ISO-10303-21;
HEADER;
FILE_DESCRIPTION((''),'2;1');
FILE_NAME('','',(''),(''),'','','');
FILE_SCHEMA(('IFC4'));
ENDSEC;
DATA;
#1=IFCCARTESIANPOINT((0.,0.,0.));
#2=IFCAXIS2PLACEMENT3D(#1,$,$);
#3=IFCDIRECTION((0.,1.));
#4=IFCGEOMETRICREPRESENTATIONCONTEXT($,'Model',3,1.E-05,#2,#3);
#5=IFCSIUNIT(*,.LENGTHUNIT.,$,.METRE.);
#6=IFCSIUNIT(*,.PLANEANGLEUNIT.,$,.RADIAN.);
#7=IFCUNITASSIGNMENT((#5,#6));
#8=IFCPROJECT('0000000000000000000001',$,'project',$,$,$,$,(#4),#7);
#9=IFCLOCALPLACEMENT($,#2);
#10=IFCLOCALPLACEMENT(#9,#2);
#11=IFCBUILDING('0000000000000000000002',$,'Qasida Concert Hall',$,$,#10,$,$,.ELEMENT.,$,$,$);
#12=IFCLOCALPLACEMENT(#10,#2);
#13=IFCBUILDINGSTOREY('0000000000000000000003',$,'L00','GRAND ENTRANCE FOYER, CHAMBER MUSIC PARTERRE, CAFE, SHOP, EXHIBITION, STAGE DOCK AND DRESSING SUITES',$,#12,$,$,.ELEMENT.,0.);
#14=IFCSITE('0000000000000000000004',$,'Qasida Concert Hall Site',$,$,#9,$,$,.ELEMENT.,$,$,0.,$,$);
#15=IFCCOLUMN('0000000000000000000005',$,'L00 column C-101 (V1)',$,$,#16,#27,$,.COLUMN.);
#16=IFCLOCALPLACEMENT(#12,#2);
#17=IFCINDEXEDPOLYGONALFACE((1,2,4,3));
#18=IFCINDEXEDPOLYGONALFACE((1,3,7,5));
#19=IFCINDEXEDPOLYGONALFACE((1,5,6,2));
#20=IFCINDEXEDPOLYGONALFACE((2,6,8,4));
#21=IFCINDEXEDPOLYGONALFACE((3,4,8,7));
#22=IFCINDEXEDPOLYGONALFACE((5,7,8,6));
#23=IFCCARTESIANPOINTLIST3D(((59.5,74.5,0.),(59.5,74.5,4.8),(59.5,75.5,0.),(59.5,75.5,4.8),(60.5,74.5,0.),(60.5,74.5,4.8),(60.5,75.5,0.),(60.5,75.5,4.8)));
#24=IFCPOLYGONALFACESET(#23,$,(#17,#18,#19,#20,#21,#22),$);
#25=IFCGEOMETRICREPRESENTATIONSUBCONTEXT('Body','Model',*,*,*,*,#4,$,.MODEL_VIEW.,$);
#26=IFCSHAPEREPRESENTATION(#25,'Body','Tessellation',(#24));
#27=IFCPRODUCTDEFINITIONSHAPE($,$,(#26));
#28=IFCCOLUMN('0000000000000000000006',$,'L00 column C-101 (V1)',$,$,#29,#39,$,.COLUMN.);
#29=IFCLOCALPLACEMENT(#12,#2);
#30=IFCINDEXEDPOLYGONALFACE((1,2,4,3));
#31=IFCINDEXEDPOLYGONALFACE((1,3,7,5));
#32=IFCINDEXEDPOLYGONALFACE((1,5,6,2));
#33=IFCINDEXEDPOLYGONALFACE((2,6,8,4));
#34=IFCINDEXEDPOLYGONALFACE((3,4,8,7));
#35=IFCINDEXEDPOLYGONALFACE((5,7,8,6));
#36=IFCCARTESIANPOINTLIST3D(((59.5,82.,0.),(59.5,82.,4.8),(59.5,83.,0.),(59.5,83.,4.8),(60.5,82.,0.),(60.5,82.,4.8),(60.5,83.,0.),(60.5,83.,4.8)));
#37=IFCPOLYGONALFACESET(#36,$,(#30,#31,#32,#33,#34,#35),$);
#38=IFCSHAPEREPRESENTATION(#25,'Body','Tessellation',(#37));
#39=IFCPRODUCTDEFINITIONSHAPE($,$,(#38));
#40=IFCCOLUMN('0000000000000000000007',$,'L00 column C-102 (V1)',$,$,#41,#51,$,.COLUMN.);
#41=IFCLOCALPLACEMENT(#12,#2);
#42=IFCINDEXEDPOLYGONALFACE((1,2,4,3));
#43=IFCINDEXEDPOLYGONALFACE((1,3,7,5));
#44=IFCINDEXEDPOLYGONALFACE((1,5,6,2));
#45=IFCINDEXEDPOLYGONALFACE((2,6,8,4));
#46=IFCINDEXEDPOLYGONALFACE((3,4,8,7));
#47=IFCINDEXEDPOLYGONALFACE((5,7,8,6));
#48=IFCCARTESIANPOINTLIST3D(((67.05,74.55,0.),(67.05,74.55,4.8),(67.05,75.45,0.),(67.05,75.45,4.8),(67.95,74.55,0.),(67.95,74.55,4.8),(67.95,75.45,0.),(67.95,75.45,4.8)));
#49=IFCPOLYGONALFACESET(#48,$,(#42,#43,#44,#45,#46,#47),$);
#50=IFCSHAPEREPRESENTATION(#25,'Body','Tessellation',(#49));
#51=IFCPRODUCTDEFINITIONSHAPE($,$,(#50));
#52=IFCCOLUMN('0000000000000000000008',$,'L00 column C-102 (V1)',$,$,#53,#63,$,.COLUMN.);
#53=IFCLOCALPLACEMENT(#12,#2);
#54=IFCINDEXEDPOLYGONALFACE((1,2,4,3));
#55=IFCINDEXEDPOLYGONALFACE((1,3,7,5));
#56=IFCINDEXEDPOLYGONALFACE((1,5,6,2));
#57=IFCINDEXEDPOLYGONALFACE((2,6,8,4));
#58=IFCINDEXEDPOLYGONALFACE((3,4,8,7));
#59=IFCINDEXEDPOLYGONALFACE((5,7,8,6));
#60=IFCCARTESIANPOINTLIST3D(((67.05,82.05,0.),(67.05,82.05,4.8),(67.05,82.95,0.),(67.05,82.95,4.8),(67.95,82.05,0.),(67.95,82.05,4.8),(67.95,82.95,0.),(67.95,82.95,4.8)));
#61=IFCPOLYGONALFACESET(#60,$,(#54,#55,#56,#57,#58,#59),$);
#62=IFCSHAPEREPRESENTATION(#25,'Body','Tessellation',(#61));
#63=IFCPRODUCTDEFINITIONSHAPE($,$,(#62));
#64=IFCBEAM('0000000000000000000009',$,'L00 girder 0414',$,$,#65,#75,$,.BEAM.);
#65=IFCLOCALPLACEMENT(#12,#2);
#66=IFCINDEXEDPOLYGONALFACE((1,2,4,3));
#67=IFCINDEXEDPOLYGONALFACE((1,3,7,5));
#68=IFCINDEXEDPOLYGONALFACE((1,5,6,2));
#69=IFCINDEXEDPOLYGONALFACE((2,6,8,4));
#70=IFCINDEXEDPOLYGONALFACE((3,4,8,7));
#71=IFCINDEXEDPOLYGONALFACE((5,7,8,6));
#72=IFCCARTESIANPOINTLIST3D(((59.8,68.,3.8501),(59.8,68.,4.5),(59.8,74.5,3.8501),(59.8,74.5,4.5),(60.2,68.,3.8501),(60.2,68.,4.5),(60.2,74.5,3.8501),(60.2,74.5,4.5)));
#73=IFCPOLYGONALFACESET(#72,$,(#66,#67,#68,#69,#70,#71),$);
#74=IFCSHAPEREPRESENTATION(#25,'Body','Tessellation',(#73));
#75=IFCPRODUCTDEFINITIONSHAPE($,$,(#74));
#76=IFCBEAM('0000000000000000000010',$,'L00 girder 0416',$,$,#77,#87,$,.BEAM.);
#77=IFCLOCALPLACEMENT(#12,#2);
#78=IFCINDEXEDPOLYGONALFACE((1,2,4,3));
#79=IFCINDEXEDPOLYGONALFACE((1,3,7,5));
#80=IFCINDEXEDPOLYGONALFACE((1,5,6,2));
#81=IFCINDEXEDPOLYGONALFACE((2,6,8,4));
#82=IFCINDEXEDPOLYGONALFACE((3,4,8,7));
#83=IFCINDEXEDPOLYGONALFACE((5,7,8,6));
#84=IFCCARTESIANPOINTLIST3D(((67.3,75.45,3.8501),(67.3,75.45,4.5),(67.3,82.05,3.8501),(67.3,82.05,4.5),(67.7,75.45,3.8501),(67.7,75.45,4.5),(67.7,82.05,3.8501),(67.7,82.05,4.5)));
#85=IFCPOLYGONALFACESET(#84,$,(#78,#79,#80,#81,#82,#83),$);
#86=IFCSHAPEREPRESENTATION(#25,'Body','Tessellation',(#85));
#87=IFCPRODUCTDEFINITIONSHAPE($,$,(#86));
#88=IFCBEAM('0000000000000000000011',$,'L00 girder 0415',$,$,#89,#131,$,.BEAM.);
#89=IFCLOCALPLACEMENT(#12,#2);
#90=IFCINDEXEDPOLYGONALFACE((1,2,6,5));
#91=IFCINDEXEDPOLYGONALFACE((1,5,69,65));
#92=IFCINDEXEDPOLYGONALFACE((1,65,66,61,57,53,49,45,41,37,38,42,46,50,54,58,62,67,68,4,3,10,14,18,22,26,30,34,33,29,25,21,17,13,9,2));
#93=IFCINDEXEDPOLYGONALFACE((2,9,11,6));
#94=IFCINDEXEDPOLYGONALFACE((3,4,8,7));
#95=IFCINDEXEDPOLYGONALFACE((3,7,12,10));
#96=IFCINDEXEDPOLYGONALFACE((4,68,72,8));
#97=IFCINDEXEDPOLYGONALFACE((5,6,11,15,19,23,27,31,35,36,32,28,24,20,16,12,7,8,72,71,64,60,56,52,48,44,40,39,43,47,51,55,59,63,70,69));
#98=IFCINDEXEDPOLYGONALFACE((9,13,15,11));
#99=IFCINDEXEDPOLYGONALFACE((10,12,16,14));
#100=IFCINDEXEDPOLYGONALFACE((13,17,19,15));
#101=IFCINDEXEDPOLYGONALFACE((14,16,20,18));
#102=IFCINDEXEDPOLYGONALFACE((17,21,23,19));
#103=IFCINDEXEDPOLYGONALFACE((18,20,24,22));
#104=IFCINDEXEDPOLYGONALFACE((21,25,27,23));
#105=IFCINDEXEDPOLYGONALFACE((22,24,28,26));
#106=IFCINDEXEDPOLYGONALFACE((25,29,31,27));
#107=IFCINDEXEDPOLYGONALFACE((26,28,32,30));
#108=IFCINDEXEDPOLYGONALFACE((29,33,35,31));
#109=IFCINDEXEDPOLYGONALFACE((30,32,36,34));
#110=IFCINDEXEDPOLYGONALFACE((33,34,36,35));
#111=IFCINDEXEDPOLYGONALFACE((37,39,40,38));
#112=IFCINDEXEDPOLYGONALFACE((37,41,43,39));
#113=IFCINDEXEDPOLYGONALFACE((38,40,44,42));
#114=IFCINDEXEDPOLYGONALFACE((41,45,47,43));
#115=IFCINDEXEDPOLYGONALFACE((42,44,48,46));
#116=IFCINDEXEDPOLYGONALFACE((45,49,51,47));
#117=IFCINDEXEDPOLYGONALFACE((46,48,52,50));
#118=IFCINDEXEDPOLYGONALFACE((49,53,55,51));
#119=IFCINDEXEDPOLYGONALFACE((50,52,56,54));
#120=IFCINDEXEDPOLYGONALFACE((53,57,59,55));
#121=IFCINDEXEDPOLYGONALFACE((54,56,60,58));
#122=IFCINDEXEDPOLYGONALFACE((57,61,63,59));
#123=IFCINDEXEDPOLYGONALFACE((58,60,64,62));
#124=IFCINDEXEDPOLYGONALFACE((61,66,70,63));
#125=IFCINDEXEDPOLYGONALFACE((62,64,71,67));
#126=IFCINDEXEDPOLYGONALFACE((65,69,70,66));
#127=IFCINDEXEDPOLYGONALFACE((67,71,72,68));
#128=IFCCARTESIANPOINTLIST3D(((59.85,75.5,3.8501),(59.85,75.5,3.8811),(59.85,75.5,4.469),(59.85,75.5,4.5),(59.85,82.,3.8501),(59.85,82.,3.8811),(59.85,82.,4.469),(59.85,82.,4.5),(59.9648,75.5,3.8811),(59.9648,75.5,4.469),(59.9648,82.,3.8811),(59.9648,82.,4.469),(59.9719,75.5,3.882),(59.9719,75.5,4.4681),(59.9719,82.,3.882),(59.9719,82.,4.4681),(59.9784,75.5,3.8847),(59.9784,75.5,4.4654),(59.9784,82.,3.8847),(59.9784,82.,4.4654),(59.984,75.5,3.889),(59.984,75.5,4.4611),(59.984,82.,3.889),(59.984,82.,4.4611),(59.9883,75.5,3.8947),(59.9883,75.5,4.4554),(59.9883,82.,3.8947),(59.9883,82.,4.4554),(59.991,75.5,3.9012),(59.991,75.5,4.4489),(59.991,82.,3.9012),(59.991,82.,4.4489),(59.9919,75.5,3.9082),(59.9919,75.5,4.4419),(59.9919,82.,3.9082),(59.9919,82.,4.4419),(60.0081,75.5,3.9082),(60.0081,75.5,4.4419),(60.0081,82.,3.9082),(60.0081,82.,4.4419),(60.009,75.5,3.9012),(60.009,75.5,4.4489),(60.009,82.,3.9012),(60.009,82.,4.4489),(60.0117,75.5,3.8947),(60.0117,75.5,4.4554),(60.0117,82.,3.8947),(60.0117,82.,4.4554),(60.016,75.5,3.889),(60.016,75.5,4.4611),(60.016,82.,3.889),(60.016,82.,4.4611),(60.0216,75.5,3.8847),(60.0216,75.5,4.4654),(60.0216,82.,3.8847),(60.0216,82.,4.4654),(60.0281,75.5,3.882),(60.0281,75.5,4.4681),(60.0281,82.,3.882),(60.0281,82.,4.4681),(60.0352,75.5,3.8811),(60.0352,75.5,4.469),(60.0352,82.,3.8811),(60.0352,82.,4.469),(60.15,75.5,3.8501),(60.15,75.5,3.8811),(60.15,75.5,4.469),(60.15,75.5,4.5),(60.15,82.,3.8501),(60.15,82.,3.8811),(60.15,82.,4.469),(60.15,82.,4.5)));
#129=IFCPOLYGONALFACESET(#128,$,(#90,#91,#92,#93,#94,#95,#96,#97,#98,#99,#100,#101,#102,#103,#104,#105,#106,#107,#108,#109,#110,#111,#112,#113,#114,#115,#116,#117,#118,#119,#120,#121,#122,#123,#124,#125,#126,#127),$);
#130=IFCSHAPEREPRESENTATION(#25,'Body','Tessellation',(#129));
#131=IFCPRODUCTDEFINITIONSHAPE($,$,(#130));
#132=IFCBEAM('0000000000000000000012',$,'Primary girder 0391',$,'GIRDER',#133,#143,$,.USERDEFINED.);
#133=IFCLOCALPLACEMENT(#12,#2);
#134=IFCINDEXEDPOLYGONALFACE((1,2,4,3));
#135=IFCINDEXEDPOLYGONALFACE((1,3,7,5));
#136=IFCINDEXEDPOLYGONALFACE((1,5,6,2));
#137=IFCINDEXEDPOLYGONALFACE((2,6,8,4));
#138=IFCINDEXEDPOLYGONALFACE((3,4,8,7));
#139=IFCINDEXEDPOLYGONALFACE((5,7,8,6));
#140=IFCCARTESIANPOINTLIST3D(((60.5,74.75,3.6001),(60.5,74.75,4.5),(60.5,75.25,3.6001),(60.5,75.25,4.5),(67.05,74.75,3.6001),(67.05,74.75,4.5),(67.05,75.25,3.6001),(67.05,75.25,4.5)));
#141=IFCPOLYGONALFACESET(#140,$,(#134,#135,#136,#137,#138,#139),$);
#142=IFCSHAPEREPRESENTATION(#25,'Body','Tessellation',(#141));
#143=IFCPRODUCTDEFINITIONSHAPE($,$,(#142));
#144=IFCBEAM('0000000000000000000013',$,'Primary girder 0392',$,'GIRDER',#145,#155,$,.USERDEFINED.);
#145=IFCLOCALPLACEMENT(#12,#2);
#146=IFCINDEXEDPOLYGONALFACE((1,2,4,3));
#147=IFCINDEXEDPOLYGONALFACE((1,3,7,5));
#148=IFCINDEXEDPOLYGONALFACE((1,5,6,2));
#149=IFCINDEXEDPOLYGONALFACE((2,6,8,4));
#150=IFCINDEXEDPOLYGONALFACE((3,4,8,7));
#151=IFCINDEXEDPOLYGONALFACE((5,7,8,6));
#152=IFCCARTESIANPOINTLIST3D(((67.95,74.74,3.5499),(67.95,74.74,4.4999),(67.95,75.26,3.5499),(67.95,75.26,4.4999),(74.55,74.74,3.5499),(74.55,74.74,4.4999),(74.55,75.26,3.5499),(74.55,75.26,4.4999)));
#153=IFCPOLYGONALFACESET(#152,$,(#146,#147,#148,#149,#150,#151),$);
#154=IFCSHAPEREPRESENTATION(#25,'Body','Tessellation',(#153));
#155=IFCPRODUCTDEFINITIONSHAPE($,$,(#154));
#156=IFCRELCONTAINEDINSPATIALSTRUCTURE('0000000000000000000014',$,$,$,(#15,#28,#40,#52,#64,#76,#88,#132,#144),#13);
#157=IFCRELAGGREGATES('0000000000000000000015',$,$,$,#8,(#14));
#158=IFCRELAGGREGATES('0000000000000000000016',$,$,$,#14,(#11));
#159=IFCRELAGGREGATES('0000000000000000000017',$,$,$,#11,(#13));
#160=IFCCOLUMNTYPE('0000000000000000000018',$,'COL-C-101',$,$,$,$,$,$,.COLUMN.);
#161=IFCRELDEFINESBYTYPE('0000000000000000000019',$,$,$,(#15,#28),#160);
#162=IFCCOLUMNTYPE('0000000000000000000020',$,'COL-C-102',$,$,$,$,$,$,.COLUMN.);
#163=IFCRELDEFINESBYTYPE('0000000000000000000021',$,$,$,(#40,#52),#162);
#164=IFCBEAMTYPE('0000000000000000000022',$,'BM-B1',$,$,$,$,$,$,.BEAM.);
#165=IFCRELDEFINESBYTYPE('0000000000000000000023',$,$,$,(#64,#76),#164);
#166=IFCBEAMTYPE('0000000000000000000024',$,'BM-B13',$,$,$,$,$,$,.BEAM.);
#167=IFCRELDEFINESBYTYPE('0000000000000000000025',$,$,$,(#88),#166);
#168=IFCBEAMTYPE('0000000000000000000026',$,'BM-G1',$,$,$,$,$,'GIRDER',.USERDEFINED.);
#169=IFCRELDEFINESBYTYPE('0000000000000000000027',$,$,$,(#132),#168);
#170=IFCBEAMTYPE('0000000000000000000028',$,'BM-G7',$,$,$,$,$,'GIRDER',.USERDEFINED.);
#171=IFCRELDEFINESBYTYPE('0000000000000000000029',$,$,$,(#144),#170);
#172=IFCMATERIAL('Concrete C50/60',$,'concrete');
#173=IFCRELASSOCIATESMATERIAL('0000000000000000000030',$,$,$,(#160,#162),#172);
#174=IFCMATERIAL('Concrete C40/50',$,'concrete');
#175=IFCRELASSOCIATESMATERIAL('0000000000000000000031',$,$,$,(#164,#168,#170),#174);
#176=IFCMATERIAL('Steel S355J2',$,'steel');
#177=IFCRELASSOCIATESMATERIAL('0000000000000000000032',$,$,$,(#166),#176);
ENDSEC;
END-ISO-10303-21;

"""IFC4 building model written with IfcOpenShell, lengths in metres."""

from ifc_helpers import new_model, si_unit, direction, frame, origin, origin_2d, place, context, subcontext, project, spatial, rectangle, i_section, extrude, material, material_profile, profile_set, type_object, element, save


model = new_model("IFC4")

# Units and contexts
model_context = context("Model", 3, precision=1e-05, world=origin(), true_north=direction((0.0, 1.0)))
body_context = subcontext(model_context, "Body", "Model", "MODEL_VIEW")
ifc_project = project(units=[si_unit("LENGTHUNIT", "METRE"), si_unit("PLANEANGLEUNIT", "RADIAN")], contexts=[model_context])

# Site, building, storey
site_placement = place(None, origin())
site = spatial("IfcSite", under=ifc_project, at=site_placement, Name="Qasida Concert Hall Site", CompositionType="ELEMENT", RefElevation=0.0)
building_placement = place(site_placement, origin())
building = spatial("IfcBuilding", under=site, at=building_placement, Name="Qasida Concert Hall", CompositionType="ELEMENT")
storey_placement = place(building_placement, origin())
storey = spatial("IfcBuildingStorey", under=building, at=storey_placement, Name="L00", Description="GRAND ENTRANCE FOYER, CHAMBER MUSIC PARTERRE, CAFE, SHOP, EXHIBITION, STAGE DOCK AND DRESSING SUITES", CompositionType="ELEMENT", Elevation=0.0)

# Columns
ifc_material_1 = material(Name="Concrete C50/60", Category="concrete")
ifc_material_profile_1 = material_profile(ifc_material_1, rectangle(XDim=1.0, YDim=1.0, at=origin_2d()), Name="RC 1000x1000")
ifc_profile_set_1 = profile_set([ifc_material_profile_1], Name="Concrete C50/60")
column_type_1 = type_object("IfcColumnType", Name="COL-C-101", PredefinedType="COLUMN", material=ifc_profile_set_1)
for number, where, z_axis, x_axis, name in (
    (1, (60.0, 75.0, 0.0), (0.0, 0.0, 1.0), (1.0, 0.0, 0.0), "L00 column C-101 (V1)"),
    (2, (60.0, 82.5, 0.0), (0.0, 0.0, 1.0), (1.0, 0.0, 0.0), "L00 column C-101 (V1)"),
):
    element("IfcColumn", number, at=place(storey_placement, frame(where, z_axis=z_axis, x_axis=x_axis)), inside=storey, type_object=column_type_1, Name=name, PredefinedType="COLUMN", context=body_context, shape_type="SweptSolid", body=[
        extrude(rectangle(XDim=1.0, YDim=1.0, at=origin_2d()), origin(), (0.0, 0.0, 1.0), 4.8),
    ])
ifc_material_profile_2 = material_profile(ifc_material_1, rectangle(XDim=0.8999, YDim=0.8999, at=origin_2d()), Name="RC 900x900")
ifc_profile_set_2 = profile_set([ifc_material_profile_2], Name="Concrete C50/60")
column_type_2 = type_object("IfcColumnType", Name="COL-C-102", PredefinedType="COLUMN", material=ifc_profile_set_2)
for number, where, z_axis, x_axis, name in (
    (3, (67.5, 75.0, 0.0), (0.0, 0.0, 1.0), (1.0, 0.0, 0.0), "L00 column C-102 (V1)"),
    (4, (67.5, 82.5, 0.0), (0.0, 0.0, 1.0), (1.0, 0.0, 0.0), "L00 column C-102 (V1)"),
):
    element("IfcColumn", number, at=place(storey_placement, frame(where, z_axis=z_axis, x_axis=x_axis)), inside=storey, type_object=column_type_2, Name=name, PredefinedType="COLUMN", context=body_context, shape_type="SweptSolid", body=[
        extrude(rectangle(XDim=0.8999, YDim=0.8999, at=origin_2d()), origin(), (0.0, 0.0, 1.0), 4.8),
    ])

# Beams
ifc_material_2 = material(Name="Concrete C40/50", Category="concrete")
ifc_material_profile_3 = material_profile(ifc_material_2, rectangle(XDim=0.3999, YDim=0.6499, at=origin_2d()), Name="RC 400x650")
ifc_profile_set_3 = profile_set([ifc_material_profile_3], Name="Concrete C40/50")
beam_type_1 = type_object("IfcBeamType", Name="BM-B1", PredefinedType="BEAM", material=ifc_profile_set_3)
beam_1_placement = place(storey_placement, frame((60.0, 68.0, 4.175), z_axis=(0.0, 1.0, 0.0), x_axis=(-1.0, 0.0, 0.0)))
element("IfcBeam", 5, at=beam_1_placement, inside=storey, type_object=beam_type_1, Name="L00 girder 0414", PredefinedType="BEAM", context=body_context, shape_type="SweptSolid", body=[
    extrude(rectangle(XDim=0.3999, YDim=0.6499, at=origin_2d()), origin(), (0.0, 0.0, 1.0), 6.5),
])
beam_2_placement = place(storey_placement, frame((67.5, 75.45, 4.175), z_axis=(0.0, 1.0, 0.0), x_axis=(-1.0, 0.0, 0.0)))
element("IfcBeam", 6, at=beam_2_placement, inside=storey, type_object=beam_type_1, Name="L00 girder 0416", PredefinedType="BEAM", context=body_context, shape_type="SweptSolid", body=[
    extrude(rectangle(XDim=0.3999, YDim=0.6499, at=origin_2d()), origin(), (0.0, 0.0, 1.0), 6.6001),
])
ifc_material_3 = material(Name="Steel S355J2", Category="steel")
ifc_material_profile_4 = material_profile(ifc_material_3, i_section(OverallWidth=0.3, OverallDepth=0.6499, WebThickness=0.0161, FlangeThickness=0.031, FilletRadius=0.0271, at=origin_2d()), Name="HEB 650")
ifc_profile_set_4 = profile_set([ifc_material_profile_4], Name="Steel S355J2")
beam_type_2 = type_object("IfcBeamType", Name="BM-B13", PredefinedType="BEAM", material=ifc_profile_set_4)
beam_3_placement = place(storey_placement, frame((60.0, 75.5, 4.175), z_axis=(0.0, 1.0, 0.0), x_axis=(-1.0, 0.0, 0.0)))
element("IfcBeam", 7, at=beam_3_placement, inside=storey, type_object=beam_type_2, Name="L00 girder 0415", PredefinedType="BEAM", context=body_context, shape_type="SweptSolid", body=[
    extrude(i_section(OverallWidth=0.3, OverallDepth=0.6499, WebThickness=0.0161, FlangeThickness=0.031, FilletRadius=0.0271, at=origin_2d()), origin(), (0.0, 0.0, 1.0), 6.5),
])
ifc_material_profile_5 = material_profile(ifc_material_2, rectangle(XDim=0.5, YDim=0.8999, at=origin_2d()), Name="RC 500x900")
ifc_profile_set_5 = profile_set([ifc_material_profile_5], Name="Concrete C40/50")
beam_type_3 = type_object("IfcBeamType", Name="BM-G1", ElementType="GIRDER", PredefinedType="USERDEFINED", material=ifc_profile_set_5)
beam_4_placement = place(storey_placement, frame((60.5, 75.0, 4.05), z_axis=(1.0, 0.0, 0.0), x_axis=(0.0, 1.0, 0.0)))
element("IfcBeam", 8, at=beam_4_placement, inside=storey, type_object=beam_type_3, Name="Primary girder 0391", ObjectType="GIRDER", PredefinedType="USERDEFINED", context=body_context, shape_type="SweptSolid", body=[
    extrude(rectangle(XDim=0.5, YDim=0.8999, at=origin_2d()), origin(), (0.0, 0.0, 1.0), 6.55),
])
ifc_material_profile_6 = material_profile(ifc_material_2, rectangle(XDim=0.52, YDim=0.95, at=origin_2d()), Name="RC 520x950")
ifc_profile_set_6 = profile_set([ifc_material_profile_6], Name="Concrete C40/50")
beam_type_4 = type_object("IfcBeamType", Name="BM-G7", ElementType="GIRDER", PredefinedType="USERDEFINED", material=ifc_profile_set_6)
beam_5_placement = place(storey_placement, frame((67.95, 75.0, 4.0249), z_axis=(1.0, 0.0, 0.0), x_axis=(0.0, 1.0, 0.0)))
element("IfcBeam", 9, at=beam_5_placement, inside=storey, type_object=beam_type_4, Name="Primary girder 0392", ObjectType="GIRDER", PredefinedType="USERDEFINED", context=body_context, shape_type="SweptSolid", body=[
    extrude(rectangle(XDim=0.52, YDim=0.95, at=origin_2d()), origin(), (0.0, 0.0, 1.0), 6.6001),
])

save(model, "model.ifc")
